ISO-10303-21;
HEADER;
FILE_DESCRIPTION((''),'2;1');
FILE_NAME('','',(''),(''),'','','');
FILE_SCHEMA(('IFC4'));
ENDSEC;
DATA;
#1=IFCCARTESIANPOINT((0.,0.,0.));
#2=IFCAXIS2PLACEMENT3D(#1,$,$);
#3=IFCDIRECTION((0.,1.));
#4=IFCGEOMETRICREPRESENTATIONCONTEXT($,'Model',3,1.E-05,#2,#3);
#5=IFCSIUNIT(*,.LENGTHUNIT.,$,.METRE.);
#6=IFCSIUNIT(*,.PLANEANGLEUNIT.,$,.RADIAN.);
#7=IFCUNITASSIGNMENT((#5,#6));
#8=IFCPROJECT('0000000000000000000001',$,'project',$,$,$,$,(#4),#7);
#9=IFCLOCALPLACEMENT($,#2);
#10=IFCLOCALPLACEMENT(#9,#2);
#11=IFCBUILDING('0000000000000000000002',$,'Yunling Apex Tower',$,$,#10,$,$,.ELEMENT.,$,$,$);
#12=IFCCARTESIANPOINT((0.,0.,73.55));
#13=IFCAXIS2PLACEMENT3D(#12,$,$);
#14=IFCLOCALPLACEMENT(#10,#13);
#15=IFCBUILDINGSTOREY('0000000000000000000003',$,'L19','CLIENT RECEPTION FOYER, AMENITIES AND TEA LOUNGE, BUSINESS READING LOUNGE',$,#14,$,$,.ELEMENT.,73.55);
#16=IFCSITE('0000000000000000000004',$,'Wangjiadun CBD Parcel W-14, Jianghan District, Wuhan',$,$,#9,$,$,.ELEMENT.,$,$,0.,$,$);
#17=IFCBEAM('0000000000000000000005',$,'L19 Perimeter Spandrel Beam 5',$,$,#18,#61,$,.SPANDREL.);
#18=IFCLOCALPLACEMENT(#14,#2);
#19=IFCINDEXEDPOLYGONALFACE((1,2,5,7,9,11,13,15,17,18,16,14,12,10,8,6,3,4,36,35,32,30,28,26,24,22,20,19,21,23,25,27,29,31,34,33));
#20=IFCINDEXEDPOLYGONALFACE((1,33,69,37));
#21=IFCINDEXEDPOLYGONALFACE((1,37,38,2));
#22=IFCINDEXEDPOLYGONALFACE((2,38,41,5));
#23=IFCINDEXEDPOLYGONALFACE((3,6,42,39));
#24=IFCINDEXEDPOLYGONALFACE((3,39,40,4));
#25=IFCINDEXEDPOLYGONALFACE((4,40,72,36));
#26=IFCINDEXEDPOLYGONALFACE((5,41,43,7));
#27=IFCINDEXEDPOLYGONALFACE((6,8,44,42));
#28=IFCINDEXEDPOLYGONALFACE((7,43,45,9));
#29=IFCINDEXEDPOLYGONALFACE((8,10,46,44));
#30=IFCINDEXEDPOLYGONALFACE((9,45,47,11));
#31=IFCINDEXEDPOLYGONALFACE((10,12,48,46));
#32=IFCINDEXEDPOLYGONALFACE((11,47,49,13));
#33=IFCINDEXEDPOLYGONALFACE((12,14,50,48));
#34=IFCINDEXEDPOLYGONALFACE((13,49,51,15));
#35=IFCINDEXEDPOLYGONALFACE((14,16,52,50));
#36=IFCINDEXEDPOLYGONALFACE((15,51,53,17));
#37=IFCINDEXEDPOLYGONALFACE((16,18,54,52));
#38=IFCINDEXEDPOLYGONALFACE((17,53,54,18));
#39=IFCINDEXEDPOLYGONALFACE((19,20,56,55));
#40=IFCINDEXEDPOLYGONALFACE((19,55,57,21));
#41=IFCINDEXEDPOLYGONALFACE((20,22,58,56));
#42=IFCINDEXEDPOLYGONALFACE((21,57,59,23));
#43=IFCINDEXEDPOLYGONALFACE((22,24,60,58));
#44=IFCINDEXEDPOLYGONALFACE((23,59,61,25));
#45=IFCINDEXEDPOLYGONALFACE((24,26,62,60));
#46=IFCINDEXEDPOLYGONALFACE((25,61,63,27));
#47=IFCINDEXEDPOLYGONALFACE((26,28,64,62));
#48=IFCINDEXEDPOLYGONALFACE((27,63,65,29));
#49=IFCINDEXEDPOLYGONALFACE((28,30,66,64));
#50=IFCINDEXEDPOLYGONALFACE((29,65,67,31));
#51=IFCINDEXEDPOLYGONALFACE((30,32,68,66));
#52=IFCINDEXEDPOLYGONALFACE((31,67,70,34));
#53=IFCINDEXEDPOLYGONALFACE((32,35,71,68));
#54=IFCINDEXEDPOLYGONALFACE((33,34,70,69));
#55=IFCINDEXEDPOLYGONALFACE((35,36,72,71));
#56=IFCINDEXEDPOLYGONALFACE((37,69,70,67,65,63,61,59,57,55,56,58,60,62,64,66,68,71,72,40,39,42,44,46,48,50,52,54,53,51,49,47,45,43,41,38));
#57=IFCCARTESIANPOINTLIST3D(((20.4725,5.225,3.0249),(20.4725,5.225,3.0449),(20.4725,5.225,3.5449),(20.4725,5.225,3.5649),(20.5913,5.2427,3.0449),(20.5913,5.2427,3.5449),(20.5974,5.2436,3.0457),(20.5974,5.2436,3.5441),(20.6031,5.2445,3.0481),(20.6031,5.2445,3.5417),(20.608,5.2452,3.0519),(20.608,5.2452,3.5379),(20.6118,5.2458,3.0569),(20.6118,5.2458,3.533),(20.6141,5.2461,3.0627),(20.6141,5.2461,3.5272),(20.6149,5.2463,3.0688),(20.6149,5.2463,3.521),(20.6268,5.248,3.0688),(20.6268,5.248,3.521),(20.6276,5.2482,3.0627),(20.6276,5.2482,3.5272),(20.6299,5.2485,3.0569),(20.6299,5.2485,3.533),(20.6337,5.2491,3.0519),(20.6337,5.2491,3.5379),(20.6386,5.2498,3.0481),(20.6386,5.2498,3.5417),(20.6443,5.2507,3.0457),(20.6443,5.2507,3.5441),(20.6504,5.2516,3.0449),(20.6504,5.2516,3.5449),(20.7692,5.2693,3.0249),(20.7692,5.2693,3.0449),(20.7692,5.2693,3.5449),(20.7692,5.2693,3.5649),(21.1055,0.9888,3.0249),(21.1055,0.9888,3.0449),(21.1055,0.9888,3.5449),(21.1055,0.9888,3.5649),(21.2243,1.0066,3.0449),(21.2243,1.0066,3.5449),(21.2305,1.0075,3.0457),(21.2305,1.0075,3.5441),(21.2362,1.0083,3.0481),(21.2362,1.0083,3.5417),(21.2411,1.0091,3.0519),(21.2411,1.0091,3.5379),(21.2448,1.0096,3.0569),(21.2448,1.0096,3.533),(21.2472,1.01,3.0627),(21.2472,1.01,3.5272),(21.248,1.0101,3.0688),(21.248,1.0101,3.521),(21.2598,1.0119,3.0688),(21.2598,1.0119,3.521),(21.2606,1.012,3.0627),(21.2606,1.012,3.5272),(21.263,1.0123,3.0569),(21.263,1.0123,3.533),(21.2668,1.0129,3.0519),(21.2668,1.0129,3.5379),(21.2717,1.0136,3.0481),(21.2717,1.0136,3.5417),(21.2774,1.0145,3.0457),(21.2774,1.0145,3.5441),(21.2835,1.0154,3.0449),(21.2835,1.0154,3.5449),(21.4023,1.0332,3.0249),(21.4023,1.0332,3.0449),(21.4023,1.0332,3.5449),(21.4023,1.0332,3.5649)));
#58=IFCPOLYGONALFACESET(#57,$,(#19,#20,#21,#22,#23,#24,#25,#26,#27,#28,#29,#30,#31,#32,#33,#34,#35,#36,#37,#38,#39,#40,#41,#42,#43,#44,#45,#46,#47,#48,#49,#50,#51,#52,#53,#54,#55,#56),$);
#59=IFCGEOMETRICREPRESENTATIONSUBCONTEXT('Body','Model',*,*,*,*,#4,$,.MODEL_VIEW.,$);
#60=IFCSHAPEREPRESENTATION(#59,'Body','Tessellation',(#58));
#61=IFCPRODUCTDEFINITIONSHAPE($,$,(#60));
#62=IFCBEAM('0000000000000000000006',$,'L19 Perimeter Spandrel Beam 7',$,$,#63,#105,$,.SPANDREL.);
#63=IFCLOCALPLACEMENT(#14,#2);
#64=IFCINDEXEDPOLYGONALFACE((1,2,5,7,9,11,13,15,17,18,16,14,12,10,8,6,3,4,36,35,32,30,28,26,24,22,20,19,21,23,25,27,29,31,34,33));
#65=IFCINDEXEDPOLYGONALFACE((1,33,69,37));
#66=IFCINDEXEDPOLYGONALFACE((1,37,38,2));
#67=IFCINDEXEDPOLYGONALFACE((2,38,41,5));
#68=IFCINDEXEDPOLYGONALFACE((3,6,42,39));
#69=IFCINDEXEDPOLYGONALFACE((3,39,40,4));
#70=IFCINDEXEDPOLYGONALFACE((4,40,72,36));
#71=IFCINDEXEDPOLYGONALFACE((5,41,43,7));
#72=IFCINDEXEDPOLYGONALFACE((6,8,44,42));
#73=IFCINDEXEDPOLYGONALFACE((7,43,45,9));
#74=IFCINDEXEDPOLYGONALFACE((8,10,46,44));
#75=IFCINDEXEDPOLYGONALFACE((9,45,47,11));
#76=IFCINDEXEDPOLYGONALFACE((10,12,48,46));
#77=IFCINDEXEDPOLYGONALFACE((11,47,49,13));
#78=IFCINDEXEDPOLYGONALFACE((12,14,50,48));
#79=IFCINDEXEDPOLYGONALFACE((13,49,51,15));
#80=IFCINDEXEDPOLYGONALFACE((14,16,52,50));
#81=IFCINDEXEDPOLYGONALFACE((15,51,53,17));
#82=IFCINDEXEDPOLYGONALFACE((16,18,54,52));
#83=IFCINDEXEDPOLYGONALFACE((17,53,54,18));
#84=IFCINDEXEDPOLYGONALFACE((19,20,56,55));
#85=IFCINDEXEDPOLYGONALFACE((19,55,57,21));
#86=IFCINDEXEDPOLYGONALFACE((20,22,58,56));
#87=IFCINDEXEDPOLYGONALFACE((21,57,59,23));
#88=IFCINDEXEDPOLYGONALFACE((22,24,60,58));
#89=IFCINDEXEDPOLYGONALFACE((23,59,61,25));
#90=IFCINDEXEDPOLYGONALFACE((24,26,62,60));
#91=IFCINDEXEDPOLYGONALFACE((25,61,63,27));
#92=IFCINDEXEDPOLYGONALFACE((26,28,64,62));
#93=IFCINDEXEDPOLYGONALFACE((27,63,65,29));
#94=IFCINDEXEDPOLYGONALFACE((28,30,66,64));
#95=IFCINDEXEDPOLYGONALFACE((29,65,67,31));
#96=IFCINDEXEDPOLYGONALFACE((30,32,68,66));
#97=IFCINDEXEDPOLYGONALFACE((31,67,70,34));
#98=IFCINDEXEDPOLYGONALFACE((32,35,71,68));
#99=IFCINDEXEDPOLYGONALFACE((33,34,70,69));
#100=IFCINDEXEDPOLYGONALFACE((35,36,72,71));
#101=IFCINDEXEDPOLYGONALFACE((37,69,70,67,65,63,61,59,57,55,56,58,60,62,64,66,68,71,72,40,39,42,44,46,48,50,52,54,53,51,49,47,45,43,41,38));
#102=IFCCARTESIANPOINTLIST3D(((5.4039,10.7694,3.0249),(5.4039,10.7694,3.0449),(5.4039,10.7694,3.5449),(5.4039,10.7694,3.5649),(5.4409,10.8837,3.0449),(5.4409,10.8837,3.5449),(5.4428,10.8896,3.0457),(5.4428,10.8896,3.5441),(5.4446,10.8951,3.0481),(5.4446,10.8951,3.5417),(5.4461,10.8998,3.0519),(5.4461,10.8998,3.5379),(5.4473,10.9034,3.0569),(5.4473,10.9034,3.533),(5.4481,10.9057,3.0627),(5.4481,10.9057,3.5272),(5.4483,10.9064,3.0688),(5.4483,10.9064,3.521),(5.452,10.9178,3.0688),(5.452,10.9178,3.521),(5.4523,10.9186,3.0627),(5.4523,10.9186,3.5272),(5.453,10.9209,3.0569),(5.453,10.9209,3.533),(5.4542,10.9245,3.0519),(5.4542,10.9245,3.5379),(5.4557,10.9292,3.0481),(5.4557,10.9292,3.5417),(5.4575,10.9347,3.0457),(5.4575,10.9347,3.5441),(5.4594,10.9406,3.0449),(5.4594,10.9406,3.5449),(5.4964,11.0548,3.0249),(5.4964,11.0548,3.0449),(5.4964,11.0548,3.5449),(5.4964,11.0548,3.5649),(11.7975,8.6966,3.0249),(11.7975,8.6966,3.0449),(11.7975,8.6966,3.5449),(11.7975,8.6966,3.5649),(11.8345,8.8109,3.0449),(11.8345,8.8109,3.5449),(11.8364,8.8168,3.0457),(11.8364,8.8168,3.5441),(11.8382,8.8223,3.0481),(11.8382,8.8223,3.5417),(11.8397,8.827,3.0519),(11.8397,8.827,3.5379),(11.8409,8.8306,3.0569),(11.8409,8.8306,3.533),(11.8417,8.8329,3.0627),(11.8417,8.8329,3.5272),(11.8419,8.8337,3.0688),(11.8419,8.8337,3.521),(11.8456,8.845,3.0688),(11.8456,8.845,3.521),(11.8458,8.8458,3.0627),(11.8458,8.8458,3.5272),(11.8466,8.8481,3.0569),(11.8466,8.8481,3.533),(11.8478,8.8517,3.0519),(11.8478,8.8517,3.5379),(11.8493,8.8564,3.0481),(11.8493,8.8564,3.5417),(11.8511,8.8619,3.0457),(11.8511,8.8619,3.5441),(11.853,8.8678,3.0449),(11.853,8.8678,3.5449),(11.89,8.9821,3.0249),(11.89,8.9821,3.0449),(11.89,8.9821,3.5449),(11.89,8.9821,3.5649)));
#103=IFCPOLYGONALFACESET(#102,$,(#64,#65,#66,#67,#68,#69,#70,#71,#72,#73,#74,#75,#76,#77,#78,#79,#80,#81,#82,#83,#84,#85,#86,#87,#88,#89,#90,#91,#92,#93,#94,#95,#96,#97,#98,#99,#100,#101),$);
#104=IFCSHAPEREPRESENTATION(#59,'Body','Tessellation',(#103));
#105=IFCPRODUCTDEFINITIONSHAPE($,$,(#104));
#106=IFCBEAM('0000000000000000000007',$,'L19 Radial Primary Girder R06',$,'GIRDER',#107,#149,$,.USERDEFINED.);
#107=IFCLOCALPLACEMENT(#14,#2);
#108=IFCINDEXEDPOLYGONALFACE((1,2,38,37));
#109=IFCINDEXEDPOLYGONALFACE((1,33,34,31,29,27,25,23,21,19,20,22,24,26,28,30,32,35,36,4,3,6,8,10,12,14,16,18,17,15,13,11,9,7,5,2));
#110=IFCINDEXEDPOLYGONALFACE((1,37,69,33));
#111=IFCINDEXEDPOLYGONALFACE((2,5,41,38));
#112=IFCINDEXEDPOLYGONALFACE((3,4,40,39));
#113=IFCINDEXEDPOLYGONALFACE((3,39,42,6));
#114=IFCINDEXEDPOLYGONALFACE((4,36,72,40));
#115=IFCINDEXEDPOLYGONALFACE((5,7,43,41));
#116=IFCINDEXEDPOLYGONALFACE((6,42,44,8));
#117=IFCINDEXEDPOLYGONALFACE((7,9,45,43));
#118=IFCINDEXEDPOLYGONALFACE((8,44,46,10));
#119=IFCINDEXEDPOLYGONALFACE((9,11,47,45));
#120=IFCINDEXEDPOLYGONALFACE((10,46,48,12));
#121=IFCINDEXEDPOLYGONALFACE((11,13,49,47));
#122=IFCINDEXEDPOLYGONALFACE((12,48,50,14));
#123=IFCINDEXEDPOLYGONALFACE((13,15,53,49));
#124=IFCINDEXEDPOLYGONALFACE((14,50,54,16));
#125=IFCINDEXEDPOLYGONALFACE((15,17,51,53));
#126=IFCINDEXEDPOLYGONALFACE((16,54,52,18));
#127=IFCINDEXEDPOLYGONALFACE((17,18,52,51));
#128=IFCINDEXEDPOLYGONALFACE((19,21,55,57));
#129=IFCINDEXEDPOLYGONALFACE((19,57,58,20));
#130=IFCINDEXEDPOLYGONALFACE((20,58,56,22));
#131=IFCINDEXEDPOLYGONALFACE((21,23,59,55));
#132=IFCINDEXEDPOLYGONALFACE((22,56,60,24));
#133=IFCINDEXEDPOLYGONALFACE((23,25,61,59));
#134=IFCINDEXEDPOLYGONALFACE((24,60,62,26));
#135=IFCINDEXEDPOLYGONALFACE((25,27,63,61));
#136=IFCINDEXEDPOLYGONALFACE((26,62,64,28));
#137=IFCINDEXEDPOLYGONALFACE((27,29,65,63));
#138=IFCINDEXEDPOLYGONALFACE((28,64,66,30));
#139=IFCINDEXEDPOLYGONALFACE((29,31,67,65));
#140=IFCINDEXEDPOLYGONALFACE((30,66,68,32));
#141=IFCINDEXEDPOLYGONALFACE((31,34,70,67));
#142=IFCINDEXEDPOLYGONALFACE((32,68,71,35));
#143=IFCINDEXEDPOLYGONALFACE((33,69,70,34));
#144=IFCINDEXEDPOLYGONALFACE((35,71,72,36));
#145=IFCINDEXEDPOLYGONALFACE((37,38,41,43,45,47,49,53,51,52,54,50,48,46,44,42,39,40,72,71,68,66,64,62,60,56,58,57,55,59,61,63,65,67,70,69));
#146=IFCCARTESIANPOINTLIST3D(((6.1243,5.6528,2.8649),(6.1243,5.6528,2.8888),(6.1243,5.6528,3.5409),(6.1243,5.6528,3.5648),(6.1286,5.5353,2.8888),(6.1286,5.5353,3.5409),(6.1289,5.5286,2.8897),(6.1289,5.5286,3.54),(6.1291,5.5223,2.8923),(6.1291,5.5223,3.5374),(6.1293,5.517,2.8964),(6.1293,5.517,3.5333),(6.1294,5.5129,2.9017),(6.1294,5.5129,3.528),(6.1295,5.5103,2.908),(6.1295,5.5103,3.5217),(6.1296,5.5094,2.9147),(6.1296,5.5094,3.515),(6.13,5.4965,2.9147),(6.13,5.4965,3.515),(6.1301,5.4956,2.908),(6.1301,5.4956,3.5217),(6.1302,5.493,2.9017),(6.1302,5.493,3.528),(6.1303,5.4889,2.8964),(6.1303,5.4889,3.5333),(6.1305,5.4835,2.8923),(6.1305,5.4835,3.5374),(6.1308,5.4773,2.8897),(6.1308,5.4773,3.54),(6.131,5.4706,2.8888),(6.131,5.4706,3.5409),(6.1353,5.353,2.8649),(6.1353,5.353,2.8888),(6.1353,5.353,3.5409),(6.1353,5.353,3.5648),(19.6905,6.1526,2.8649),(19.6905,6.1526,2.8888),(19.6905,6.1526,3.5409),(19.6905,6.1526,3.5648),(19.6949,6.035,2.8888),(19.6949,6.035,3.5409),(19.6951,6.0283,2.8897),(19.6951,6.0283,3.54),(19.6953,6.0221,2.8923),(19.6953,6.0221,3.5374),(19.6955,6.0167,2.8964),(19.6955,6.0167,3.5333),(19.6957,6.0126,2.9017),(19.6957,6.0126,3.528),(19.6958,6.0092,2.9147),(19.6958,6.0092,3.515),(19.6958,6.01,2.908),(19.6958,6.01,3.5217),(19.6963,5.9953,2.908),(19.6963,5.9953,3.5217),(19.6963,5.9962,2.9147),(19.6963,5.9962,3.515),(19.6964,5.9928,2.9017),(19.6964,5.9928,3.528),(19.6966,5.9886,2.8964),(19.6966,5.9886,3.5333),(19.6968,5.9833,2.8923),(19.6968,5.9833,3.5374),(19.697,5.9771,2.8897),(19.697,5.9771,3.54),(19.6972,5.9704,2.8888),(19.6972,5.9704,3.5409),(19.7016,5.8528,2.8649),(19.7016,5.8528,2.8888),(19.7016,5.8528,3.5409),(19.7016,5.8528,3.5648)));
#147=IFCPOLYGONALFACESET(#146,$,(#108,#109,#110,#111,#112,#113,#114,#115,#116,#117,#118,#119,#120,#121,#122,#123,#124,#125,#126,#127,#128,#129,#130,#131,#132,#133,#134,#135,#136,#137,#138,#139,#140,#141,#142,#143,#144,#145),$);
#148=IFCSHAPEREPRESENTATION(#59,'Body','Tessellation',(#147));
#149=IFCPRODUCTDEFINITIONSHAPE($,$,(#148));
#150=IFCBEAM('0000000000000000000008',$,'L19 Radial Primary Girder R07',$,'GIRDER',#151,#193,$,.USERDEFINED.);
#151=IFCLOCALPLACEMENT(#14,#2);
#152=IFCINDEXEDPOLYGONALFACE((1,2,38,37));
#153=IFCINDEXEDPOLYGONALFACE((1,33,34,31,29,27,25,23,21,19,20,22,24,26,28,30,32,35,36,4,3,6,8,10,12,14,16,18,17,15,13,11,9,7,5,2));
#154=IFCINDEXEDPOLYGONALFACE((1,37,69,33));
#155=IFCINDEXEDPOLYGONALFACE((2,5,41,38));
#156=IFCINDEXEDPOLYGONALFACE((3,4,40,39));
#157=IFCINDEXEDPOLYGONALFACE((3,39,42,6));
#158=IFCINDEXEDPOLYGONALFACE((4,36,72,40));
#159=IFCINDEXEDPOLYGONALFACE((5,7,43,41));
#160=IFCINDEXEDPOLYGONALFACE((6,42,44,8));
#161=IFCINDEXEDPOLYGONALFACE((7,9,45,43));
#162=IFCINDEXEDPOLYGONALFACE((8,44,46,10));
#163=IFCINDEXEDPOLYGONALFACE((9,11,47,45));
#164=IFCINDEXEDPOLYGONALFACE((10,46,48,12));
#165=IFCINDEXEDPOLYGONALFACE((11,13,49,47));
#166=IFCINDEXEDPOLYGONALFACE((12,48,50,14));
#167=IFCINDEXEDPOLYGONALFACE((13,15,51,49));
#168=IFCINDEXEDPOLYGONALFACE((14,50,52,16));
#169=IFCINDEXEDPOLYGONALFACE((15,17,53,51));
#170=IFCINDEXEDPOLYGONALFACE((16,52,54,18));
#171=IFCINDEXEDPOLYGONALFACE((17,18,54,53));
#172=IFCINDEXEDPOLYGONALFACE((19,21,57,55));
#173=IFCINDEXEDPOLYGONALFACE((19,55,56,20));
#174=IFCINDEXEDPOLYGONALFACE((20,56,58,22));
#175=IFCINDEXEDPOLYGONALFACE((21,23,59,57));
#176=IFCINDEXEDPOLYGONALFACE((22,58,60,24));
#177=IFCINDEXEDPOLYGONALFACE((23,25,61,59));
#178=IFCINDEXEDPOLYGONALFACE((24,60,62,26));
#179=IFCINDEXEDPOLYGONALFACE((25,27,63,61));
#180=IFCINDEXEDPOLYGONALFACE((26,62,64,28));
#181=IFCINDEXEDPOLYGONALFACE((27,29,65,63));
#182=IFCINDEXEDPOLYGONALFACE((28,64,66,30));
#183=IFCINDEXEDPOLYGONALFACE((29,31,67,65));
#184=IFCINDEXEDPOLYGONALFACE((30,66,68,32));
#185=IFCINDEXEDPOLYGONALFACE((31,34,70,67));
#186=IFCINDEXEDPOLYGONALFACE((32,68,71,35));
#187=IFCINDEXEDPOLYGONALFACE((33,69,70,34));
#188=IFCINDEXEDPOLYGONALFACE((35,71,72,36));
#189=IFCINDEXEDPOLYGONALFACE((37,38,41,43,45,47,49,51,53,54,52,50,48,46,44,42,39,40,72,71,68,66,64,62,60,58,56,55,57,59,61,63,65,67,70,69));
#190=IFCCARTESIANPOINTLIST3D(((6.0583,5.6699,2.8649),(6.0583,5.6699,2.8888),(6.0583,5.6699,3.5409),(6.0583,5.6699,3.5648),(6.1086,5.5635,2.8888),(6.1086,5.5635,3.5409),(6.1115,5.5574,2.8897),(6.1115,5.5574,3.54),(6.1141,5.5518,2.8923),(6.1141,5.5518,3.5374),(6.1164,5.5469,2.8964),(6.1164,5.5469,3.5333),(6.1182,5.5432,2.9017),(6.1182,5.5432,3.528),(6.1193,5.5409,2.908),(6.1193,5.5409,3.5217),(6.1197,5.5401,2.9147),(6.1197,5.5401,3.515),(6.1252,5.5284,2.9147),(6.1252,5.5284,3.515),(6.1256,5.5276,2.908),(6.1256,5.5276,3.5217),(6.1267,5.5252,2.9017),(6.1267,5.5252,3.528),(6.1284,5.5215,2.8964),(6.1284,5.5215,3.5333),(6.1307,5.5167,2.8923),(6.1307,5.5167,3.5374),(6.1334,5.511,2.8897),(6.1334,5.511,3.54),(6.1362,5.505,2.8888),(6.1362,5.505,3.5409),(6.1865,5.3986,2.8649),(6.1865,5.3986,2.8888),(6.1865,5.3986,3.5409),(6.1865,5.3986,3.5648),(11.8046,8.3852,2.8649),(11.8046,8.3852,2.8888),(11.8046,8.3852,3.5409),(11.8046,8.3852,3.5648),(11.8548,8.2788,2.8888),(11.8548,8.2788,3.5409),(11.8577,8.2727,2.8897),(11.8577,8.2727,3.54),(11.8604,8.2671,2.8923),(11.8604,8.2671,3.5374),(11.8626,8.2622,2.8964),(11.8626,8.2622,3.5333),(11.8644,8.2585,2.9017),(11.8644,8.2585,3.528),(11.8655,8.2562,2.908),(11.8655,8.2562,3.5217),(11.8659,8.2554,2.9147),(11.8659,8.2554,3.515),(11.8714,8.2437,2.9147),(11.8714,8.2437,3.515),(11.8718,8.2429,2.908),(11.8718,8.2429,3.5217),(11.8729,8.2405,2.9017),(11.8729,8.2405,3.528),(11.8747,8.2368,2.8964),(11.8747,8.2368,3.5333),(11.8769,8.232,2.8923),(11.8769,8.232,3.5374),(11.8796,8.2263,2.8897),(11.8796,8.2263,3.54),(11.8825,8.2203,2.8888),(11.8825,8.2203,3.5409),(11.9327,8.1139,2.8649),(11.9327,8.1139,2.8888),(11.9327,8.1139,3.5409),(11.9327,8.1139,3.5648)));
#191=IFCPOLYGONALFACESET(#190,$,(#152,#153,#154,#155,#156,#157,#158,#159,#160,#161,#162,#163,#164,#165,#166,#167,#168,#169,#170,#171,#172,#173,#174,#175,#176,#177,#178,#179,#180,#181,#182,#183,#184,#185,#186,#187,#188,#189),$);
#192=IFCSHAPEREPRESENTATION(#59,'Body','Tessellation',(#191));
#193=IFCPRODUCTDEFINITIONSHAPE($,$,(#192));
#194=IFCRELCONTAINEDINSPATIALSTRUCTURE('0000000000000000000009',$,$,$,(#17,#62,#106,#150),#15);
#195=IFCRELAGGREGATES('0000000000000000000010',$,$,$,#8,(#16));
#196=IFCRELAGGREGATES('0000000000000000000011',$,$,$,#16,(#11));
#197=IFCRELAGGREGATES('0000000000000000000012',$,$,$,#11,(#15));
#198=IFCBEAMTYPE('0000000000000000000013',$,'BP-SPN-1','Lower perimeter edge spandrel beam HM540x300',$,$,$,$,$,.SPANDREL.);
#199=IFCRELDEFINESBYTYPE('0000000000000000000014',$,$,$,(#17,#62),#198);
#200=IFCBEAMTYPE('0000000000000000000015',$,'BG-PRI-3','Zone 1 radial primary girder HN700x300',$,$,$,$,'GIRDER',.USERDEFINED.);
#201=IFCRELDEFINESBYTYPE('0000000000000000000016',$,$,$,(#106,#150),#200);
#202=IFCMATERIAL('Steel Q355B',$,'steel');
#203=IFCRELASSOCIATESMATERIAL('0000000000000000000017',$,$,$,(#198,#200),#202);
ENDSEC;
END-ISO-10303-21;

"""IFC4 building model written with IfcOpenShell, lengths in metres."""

from ifc_helpers import new_model, si_unit, direction, frame, origin, origin_2d, place, context, subcontext, project, spatial, i_section, extrude, source, transform, mapped, material, material_profile, profile_set, type_object, element, save


model = new_model("IFC4")

# Units and contexts
model_context = context("Model", 3, precision=1e-05, world=origin(), true_north=direction((0.0, 1.0)))
body_context = subcontext(model_context, "Body", "Model", "MODEL_VIEW")
ifc_project = project(units=[si_unit("LENGTHUNIT", "METRE"), si_unit("PLANEANGLEUNIT", "RADIAN")], contexts=[model_context])

# Site, building, storey
site_placement = place(None, origin())
site = spatial("IfcSite", under=ifc_project, at=site_placement, Name="Wangjiadun CBD Parcel W-14, Jianghan District, Wuhan", CompositionType="ELEMENT", RefElevation=0.0)
building_placement = place(site_placement, origin())
building = spatial("IfcBuilding", under=site, at=building_placement, Name="Yunling Apex Tower", CompositionType="ELEMENT")
storey_placement = place(building_placement, frame((0.0, 0.0, 73.55)))
storey = spatial("IfcBuildingStorey", under=building, at=storey_placement, Name="L19", Description="CLIENT RECEPTION FOYER, AMENITIES AND TEA LOUNGE, BUSINESS READING LOUNGE", CompositionType="ELEMENT", Elevation=73.55)

# Beams
ifc_material_1 = material(Name="Steel Q355B", Category="steel")
ifc_material_profile_1 = material_profile(ifc_material_1, i_section(OverallWidth=0.3, OverallDepth=0.54, WebThickness=0.012, FlangeThickness=0.02, FilletRadius=0.0239, at=origin_2d()))
ifc_profile_set_1 = profile_set([ifc_material_profile_1], Name="Steel Q355B")
beam_type_1 = type_object("IfcBeamType", Name="BP-SPN-1", Description="Lower perimeter edge spandrel beam HM540x300", PredefinedType="SPANDREL", material=ifc_profile_set_1)
shared_shape_1 = source(origin(), body_context, "Body", "SweptSolid", [
    extrude(i_section(OverallWidth=0.3, OverallDepth=0.54, WebThickness=0.012, FlangeThickness=0.02, FilletRadius=0.0239, at=origin_2d()), origin(), (0.0, 0.0, 1.0), 4.2832),
])
beam_1_placement = place(storey_placement, frame((21.2539, 1.011, 3.2949), z_axis=(-0.147802, 0.989017, 0.0), x_axis=(-0.989017, -0.147802, 0.0)))
element("IfcBeam", 1, at=beam_1_placement, inside=storey, type_object=beam_type_1, Name="L19 Perimeter Spandrel Beam 5", PredefinedType="SPANDREL", context=body_context, shape_type="MappedRepresentation", body=[
    mapped(shared_shape_1, transform((0.0, 0.0, 0.0), scale=1.0)),
])
shared_shape_2 = source(origin(), body_context, "Body", "SweptSolid", [
    extrude(i_section(OverallWidth=0.3, OverallDepth=0.54, WebThickness=0.012, FlangeThickness=0.02, FilletRadius=0.0239, at=origin_2d()), origin(), (0.0, 0.0, 1.0), 6.7212),
])
beam_2_placement = place(storey_placement, frame((11.8438, 8.8394, 3.2949), z_axis=(-0.951259, 0.308393, 0.0), x_axis=(-0.308393, -0.951259, 0.0)))
element("IfcBeam", 2, at=beam_2_placement, inside=storey, type_object=beam_type_1, Name="L19 Perimeter Spandrel Beam 7", PredefinedType="SPANDREL", context=body_context, shape_type="MappedRepresentation", body=[
    mapped(shared_shape_2, transform((0.0, 0.0, 0.0), scale=1.0)),
])
ifc_material_profile_2 = material_profile(ifc_material_1, i_section(OverallWidth=0.3, OverallDepth=0.7, WebThickness=0.0129, FlangeThickness=0.0239, FilletRadius=0.0259, at=origin_2d()))
ifc_profile_set_2 = profile_set([ifc_material_profile_2], Name="Steel Q355B")
beam_type_2 = type_object("IfcBeamType", Name="BG-PRI-3", Description="Zone 1 radial primary girder HN700x300", ElementType="GIRDER", PredefinedType="USERDEFINED", material=ifc_profile_set_2)
shared_shape_3 = source(origin(), body_context, "Body", "SweptSolid", [
    extrude(i_section(OverallWidth=0.3, OverallDepth=0.7, WebThickness=0.0129, FlangeThickness=0.0239, FilletRadius=0.0259, at=origin_2d()), origin(), (0.0, 0.0, 1.0), 13.5754),
])
beam_3_placement = place(storey_placement, frame((19.696, 6.0027, 3.2148), z_axis=(-0.999322, -0.036813, 0.0), x_axis=(0.036813, -0.999322, 0.0)))
element("IfcBeam", 3, at=beam_3_placement, inside=storey, type_object=beam_type_2, Name="L19 Radial Primary Girder R06", ObjectType="GIRDER", PredefinedType="USERDEFINED", context=body_context, shape_type="MappedRepresentation", body=[
    mapped(shared_shape_3, transform((0.0, 0.0, 0.0), scale=1.0)),
])
shared_shape_4 = source(origin(), body_context, "Body", "SweptSolid", [
    extrude(i_section(OverallWidth=0.3, OverallDepth=0.7, WebThickness=0.0129, FlangeThickness=0.0239, FilletRadius=0.0259, at=origin_2d()), origin(), (0.0, 0.0, 1.0), 6.3555),
])
beam_4_placement = place(storey_placement, frame((11.8687, 8.2495, 3.2148), z_axis=(-0.90414, -0.427236, 0.0), x_axis=(0.427236, -0.90414, 0.0)))
element("IfcBeam", 4, at=beam_4_placement, inside=storey, type_object=beam_type_2, Name="L19 Radial Primary Girder R07", ObjectType="GIRDER", PredefinedType="USERDEFINED", context=body_context, shape_type="MappedRepresentation", body=[
    mapped(shared_shape_4, transform((0.0, 0.0, 0.0), scale=1.0)),
])

save(model, "model.ifc")
